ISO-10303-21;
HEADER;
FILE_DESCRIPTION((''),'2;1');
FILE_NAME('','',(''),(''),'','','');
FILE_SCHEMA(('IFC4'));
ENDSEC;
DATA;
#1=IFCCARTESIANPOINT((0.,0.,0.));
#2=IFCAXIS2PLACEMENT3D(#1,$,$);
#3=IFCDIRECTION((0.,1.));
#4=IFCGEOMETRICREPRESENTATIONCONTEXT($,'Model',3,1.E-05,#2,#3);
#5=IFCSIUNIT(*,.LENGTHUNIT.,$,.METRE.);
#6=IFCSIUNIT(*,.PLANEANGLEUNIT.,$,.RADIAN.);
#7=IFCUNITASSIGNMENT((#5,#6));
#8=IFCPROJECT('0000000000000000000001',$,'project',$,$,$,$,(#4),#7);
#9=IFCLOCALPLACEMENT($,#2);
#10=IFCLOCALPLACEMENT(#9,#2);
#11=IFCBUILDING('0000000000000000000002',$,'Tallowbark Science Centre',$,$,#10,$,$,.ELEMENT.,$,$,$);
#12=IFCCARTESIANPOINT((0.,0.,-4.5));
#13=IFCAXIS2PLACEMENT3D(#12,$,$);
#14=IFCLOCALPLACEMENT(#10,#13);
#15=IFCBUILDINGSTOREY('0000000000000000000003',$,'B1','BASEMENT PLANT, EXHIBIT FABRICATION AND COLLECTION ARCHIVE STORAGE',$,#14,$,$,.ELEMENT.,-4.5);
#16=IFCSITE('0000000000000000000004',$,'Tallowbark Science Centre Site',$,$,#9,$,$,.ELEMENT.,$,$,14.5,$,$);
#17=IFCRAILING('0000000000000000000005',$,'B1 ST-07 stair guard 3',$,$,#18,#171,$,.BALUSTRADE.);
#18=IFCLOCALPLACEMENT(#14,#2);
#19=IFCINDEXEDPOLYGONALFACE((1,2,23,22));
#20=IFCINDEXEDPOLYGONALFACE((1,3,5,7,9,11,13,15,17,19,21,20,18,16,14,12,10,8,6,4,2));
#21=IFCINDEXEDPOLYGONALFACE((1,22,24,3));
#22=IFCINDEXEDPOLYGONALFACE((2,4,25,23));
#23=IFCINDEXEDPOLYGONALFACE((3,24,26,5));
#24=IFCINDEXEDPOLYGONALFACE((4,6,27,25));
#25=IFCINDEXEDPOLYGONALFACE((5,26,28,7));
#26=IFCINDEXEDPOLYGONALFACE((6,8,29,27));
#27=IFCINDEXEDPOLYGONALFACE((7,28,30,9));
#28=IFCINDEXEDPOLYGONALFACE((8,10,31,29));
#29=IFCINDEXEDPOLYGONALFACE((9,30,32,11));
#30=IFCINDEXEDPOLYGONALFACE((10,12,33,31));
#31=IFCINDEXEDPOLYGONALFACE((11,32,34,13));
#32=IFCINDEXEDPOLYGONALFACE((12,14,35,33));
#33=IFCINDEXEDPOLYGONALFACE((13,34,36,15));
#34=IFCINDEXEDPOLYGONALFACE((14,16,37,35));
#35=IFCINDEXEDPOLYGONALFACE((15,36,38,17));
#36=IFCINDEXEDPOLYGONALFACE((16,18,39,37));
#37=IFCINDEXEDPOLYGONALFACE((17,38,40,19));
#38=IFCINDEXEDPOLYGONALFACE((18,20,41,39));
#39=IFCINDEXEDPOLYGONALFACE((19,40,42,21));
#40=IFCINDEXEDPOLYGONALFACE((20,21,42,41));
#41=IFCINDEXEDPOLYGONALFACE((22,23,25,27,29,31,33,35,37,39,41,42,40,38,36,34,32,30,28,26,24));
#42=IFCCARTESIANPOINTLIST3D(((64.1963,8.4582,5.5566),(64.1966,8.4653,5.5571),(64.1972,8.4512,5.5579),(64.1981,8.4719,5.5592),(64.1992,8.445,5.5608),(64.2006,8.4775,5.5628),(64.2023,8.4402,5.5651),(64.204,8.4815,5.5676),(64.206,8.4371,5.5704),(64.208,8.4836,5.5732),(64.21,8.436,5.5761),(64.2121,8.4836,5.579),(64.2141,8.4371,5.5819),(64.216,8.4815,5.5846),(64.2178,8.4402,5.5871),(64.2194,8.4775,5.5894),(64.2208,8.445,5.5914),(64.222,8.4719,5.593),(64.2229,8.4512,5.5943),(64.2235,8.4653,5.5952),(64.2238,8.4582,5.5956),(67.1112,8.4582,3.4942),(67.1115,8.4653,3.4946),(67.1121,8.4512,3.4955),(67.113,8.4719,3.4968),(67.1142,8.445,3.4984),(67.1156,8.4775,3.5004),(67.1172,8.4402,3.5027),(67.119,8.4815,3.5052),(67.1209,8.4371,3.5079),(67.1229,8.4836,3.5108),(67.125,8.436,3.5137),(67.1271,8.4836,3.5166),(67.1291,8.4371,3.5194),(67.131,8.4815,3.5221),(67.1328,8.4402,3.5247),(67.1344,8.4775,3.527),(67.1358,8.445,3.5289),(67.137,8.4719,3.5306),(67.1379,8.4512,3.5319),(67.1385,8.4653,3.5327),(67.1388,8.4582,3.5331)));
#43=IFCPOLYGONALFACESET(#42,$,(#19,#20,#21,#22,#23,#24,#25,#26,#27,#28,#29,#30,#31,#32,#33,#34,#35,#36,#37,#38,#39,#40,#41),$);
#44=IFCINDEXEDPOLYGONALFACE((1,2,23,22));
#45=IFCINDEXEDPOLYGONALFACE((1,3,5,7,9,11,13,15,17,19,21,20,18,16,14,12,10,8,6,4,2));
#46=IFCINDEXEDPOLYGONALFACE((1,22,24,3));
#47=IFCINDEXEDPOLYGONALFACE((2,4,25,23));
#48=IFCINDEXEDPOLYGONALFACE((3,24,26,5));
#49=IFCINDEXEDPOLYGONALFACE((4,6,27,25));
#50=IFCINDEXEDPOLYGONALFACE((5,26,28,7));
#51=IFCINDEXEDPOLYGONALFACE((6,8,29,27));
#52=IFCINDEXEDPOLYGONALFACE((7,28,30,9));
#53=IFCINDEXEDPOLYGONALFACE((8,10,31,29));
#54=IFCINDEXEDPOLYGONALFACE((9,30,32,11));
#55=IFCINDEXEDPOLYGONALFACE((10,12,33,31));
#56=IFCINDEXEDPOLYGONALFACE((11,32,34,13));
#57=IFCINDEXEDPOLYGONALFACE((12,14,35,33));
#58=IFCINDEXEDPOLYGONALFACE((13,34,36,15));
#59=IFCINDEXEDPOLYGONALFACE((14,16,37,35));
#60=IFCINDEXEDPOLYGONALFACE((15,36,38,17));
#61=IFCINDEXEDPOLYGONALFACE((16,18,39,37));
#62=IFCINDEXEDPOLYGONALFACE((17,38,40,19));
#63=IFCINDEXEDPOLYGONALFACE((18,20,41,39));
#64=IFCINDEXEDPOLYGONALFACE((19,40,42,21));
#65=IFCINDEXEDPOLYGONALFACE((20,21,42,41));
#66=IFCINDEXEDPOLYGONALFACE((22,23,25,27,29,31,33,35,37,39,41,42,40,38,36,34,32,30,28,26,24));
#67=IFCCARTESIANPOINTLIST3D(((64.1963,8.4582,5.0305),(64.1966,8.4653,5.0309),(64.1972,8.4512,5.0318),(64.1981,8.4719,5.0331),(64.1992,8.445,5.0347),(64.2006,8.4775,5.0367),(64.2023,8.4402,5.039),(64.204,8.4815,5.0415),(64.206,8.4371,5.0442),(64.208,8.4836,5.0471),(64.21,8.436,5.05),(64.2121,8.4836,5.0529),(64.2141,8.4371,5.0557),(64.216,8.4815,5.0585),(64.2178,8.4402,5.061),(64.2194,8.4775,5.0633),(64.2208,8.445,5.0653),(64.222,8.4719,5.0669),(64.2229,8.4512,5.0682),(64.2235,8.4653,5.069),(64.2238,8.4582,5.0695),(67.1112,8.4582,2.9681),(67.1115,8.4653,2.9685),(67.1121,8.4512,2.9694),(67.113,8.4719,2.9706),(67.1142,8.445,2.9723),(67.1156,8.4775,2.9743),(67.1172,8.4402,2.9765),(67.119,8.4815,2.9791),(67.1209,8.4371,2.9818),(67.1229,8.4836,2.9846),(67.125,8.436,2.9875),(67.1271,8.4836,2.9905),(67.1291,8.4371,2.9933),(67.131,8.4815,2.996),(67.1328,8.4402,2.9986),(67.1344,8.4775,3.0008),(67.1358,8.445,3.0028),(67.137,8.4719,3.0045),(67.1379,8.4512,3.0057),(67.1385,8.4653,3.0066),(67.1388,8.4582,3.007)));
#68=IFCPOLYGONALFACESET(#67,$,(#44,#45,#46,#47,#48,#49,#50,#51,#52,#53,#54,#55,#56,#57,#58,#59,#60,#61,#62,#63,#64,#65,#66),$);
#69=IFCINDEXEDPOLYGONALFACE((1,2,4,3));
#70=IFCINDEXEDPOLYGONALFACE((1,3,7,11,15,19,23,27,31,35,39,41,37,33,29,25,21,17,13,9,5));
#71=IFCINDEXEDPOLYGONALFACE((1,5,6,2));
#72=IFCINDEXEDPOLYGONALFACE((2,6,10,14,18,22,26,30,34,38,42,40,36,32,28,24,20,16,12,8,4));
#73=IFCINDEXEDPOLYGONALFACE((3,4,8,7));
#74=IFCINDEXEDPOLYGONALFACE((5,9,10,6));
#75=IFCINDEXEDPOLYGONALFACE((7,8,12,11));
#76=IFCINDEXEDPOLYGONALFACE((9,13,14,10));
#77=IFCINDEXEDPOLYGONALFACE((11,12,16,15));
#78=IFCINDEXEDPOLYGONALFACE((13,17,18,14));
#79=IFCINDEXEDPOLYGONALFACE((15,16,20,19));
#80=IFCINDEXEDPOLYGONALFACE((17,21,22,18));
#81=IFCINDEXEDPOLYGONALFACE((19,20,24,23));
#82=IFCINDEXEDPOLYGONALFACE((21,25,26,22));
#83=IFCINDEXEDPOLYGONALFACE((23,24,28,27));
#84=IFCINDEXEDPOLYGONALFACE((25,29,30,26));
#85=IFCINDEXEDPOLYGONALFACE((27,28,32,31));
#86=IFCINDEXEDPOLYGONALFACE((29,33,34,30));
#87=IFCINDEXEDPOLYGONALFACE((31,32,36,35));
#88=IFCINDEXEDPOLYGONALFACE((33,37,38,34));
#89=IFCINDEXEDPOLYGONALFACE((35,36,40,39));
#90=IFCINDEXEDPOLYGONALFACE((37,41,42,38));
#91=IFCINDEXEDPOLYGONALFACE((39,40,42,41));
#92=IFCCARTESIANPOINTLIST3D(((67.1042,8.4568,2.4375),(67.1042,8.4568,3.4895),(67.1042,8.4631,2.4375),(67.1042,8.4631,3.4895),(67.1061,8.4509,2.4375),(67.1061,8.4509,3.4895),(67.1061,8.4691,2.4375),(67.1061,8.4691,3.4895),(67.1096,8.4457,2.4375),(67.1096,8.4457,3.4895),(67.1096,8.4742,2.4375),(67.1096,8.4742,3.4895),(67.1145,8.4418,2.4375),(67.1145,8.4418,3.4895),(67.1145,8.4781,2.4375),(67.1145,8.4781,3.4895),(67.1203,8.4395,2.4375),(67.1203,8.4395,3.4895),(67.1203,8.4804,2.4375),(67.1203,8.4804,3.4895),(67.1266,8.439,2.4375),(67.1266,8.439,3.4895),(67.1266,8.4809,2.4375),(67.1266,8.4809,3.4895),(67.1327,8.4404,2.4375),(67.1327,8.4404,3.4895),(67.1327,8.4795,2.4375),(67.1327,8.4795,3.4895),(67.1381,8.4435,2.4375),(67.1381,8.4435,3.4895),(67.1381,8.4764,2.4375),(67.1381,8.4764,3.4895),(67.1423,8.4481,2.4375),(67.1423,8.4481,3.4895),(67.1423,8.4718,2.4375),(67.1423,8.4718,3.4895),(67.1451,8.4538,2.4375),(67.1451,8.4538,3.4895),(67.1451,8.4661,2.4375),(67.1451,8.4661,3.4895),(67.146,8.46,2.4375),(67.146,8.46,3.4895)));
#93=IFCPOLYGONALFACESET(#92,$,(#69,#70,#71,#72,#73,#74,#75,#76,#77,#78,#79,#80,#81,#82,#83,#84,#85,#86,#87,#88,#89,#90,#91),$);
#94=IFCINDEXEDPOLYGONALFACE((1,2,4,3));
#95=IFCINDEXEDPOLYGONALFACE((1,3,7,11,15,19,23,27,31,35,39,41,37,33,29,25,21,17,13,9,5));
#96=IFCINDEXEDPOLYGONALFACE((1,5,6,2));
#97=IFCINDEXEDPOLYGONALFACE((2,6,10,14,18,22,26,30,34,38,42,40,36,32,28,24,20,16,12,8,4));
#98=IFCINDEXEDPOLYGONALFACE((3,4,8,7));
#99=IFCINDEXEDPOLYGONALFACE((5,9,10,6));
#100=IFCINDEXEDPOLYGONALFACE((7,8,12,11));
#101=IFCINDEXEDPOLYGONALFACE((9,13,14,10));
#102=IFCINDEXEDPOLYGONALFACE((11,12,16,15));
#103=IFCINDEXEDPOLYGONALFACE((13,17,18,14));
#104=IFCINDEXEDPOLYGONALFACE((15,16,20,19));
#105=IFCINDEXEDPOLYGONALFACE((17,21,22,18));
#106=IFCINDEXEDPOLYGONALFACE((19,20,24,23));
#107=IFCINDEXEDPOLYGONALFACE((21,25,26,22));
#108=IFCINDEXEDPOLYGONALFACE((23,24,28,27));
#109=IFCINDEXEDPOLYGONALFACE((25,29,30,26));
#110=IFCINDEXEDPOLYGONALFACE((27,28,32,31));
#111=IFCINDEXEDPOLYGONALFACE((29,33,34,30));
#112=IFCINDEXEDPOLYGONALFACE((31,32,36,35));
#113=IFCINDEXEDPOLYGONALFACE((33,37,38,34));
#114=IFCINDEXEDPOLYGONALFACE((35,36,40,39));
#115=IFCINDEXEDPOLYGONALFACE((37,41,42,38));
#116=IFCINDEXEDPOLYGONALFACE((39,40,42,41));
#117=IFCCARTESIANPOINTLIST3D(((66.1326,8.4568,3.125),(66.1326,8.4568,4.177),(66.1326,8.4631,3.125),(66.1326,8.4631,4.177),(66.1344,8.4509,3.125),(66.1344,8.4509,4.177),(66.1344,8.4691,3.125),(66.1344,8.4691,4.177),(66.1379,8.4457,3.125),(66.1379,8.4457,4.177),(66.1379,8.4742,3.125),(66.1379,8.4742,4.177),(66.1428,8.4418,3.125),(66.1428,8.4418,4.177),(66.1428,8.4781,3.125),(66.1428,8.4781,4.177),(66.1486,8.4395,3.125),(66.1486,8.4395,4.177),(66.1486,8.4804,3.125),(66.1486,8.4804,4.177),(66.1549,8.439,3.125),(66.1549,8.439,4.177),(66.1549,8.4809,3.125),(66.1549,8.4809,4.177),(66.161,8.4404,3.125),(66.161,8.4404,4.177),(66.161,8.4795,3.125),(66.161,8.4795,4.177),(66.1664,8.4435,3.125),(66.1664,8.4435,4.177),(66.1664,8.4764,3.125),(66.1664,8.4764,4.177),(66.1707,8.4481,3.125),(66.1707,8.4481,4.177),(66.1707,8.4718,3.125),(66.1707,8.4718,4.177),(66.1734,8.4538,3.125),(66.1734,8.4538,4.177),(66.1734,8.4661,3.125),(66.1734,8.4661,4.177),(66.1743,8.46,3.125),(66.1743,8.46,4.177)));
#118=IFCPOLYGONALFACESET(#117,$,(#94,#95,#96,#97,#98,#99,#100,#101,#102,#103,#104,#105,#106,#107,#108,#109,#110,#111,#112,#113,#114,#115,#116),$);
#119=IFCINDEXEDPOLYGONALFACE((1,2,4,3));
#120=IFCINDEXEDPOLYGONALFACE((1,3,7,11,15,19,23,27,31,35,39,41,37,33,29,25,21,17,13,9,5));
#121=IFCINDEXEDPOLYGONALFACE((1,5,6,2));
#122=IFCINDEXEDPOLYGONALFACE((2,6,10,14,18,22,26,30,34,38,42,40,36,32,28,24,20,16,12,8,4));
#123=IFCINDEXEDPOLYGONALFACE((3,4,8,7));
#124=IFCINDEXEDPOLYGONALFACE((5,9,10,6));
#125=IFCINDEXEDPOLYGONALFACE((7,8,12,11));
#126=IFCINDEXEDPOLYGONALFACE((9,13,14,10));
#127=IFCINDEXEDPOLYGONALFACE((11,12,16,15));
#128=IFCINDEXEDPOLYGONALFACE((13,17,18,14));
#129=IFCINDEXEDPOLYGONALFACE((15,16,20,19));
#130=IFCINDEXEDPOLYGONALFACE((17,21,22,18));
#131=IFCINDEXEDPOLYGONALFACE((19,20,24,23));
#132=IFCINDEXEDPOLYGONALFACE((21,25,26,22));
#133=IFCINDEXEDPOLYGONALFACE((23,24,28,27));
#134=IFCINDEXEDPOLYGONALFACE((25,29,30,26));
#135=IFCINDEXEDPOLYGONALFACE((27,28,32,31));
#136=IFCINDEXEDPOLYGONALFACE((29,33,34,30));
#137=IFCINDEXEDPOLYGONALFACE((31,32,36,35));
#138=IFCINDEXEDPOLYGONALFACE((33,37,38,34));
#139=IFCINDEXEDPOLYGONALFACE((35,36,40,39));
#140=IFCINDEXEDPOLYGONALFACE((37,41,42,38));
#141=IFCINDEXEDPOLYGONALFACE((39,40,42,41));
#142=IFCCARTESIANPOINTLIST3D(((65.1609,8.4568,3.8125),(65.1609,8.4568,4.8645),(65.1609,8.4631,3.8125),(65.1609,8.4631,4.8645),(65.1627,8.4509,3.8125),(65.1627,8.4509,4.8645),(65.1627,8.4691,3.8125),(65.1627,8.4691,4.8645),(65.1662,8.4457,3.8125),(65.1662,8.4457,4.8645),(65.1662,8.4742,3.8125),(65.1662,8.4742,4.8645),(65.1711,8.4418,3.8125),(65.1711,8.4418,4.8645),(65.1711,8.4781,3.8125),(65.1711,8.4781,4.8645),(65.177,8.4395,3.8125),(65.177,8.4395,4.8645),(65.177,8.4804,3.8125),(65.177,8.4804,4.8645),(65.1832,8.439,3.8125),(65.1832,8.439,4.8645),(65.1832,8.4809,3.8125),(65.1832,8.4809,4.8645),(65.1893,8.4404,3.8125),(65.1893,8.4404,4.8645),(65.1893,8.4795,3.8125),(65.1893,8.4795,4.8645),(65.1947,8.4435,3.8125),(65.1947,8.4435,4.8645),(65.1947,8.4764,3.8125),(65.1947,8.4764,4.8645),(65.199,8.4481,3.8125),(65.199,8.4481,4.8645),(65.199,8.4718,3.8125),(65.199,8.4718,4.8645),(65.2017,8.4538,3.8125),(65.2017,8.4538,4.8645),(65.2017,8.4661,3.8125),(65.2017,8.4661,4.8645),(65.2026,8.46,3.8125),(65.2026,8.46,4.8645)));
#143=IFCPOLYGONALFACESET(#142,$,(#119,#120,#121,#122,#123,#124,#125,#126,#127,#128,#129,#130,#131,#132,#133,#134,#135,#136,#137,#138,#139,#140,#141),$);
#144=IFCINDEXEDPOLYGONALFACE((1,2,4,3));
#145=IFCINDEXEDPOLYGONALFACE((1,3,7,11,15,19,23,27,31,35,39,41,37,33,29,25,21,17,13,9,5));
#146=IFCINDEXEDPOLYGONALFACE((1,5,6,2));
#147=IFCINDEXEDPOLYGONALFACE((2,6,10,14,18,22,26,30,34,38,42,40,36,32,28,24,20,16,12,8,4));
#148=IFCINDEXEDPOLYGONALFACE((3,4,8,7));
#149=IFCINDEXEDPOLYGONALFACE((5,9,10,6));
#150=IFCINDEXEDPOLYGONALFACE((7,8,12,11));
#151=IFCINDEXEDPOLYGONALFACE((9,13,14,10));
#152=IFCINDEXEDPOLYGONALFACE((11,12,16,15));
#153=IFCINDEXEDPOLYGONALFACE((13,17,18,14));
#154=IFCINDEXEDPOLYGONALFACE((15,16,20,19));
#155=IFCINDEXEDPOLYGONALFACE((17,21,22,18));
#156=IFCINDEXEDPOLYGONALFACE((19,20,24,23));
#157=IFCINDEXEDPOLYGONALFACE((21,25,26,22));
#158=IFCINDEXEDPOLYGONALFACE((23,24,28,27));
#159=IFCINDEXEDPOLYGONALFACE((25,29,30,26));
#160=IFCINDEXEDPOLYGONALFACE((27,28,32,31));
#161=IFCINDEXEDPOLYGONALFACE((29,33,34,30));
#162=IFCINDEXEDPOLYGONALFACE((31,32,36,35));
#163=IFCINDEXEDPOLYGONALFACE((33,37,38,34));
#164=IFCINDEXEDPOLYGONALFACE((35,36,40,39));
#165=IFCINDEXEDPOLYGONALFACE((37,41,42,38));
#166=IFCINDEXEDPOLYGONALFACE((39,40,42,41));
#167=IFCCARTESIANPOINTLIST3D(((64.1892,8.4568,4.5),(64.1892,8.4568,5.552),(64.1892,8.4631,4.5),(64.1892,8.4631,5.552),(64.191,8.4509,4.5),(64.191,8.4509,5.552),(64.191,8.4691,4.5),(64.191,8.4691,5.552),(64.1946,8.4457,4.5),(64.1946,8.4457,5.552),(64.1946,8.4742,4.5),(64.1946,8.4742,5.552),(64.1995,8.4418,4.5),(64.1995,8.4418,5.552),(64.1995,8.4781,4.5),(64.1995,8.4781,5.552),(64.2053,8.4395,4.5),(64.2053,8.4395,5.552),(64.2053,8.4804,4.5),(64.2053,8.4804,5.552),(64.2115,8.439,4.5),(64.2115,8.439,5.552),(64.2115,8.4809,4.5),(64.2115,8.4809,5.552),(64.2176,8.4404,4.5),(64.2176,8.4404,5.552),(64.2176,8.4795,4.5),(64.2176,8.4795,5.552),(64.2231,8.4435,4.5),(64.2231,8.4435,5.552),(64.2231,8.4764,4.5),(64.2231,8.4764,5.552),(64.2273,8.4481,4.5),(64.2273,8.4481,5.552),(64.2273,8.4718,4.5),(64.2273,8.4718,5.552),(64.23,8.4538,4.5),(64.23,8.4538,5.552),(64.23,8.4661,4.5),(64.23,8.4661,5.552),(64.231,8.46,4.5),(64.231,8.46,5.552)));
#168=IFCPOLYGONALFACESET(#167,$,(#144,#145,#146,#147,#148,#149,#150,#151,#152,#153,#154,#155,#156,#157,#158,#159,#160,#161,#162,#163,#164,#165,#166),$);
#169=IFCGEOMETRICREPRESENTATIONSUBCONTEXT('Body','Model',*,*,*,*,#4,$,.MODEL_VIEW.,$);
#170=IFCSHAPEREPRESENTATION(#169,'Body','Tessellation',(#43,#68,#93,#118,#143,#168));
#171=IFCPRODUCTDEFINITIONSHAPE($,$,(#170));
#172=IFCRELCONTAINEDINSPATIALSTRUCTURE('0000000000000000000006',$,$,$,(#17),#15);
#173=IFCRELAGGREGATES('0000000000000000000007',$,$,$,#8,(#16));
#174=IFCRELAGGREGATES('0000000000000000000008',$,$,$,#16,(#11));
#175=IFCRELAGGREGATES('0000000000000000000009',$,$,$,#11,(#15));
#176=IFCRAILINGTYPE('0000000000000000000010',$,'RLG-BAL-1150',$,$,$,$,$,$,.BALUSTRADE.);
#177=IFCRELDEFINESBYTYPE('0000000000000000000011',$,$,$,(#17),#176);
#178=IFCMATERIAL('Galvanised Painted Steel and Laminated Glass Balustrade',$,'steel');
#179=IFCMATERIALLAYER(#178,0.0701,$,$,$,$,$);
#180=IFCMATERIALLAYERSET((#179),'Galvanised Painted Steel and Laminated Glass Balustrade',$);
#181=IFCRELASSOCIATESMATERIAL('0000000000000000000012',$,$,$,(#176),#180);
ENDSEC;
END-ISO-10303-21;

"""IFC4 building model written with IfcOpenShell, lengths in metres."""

from ifc_helpers import new_model, si_unit, direction, frame, origin, origin_2d, place, context, subcontext, project, spatial, circle, extrude, material, layer, layer_set, type_object, element, save


model = new_model("IFC4")

# Units and contexts
model_context = context("Model", 3, precision=1e-05, world=origin(), true_north=direction((0.0, 1.0)))
body_context = subcontext(model_context, "Body", "Model", "MODEL_VIEW")
ifc_project = project(units=[si_unit("LENGTHUNIT", "METRE"), si_unit("PLANEANGLEUNIT", "RADIAN")], contexts=[model_context])

# Site, building, storey
site_placement = place(None, origin())
site = spatial("IfcSite", under=ifc_project, at=site_placement, Name="Tallowbark Science Centre Site", CompositionType="ELEMENT", RefElevation=14.5)
building_placement = place(site_placement, origin())
building = spatial("IfcBuilding", under=site, at=building_placement, Name="Tallowbark Science Centre", CompositionType="ELEMENT")
storey_placement = place(building_placement, frame((0.0, 0.0, -4.5)))
storey = spatial("IfcBuildingStorey", under=building, at=storey_placement, Name="B1", Description="BASEMENT PLANT, EXHIBIT FABRICATION AND COLLECTION ARCHIVE STORAGE", CompositionType="ELEMENT", Elevation=-4.5)

# Railing
ifc_material_1 = material(Name="Galvanised Painted Steel and Laminated Glass Balustrade", Category="steel")
ifc_layer_1 = layer(ifc_material_1, 0.0701)
ifc_layer_set_1 = layer_set([ifc_layer_1], Name="Galvanised Painted Steel and Laminated Glass Balustrade")
railing_type_1 = type_object("IfcRailingType", Name="RLG-BAL-1150", PredefinedType="BALUSTRADE", material=ifc_layer_set_1)
railing_1_placement = place(storey_placement, frame((67.125, 8.46, 2.4375)))
element("IfcRailing", 1, at=railing_1_placement, inside=storey, type_object=railing_type_1, Name="B1 ST-07 stair guard 3", PredefinedType="BALUSTRADE", context=body_context, shape_type="SweptSolid", body=[
    extrude(circle(Radius=0.0239, at=origin_2d()), frame((0.0, 0.0, 1.0762), z_axis=(-0.816331, 0.0, 0.577585), x_axis=(0.0, -1.0, 0.0)), (0.0, 0.0, 1.0), 3.5708),
    extrude(circle(Radius=0.0239, at=origin_2d()), frame((0.0, 0.0, 0.55), z_axis=(-0.816331, 0.0, 0.577585), x_axis=(0.0, -1.0, 0.0)), (0.0, 0.0, 1.0), 3.5708),
    extrude(circle(Radius=0.021, at=origin_2d()), origin(), (0.0, 0.0, 1.0), 1.052),
    extrude(circle(Radius=0.021, at=origin_2d()), frame((-0.9717, 0.0, 0.6875)), (0.0, 0.0, 1.0), 1.052),
    extrude(circle(Radius=0.021, at=origin_2d()), frame((-1.9434, 0.0, 1.375)), (0.0, 0.0, 1.0), 1.052),
    extrude(circle(Radius=0.021, at=origin_2d()), frame((-2.915, 0.0, 2.0625)), (0.0, 0.0, 1.0), 1.052),
])

save(model, "model.ifc")
